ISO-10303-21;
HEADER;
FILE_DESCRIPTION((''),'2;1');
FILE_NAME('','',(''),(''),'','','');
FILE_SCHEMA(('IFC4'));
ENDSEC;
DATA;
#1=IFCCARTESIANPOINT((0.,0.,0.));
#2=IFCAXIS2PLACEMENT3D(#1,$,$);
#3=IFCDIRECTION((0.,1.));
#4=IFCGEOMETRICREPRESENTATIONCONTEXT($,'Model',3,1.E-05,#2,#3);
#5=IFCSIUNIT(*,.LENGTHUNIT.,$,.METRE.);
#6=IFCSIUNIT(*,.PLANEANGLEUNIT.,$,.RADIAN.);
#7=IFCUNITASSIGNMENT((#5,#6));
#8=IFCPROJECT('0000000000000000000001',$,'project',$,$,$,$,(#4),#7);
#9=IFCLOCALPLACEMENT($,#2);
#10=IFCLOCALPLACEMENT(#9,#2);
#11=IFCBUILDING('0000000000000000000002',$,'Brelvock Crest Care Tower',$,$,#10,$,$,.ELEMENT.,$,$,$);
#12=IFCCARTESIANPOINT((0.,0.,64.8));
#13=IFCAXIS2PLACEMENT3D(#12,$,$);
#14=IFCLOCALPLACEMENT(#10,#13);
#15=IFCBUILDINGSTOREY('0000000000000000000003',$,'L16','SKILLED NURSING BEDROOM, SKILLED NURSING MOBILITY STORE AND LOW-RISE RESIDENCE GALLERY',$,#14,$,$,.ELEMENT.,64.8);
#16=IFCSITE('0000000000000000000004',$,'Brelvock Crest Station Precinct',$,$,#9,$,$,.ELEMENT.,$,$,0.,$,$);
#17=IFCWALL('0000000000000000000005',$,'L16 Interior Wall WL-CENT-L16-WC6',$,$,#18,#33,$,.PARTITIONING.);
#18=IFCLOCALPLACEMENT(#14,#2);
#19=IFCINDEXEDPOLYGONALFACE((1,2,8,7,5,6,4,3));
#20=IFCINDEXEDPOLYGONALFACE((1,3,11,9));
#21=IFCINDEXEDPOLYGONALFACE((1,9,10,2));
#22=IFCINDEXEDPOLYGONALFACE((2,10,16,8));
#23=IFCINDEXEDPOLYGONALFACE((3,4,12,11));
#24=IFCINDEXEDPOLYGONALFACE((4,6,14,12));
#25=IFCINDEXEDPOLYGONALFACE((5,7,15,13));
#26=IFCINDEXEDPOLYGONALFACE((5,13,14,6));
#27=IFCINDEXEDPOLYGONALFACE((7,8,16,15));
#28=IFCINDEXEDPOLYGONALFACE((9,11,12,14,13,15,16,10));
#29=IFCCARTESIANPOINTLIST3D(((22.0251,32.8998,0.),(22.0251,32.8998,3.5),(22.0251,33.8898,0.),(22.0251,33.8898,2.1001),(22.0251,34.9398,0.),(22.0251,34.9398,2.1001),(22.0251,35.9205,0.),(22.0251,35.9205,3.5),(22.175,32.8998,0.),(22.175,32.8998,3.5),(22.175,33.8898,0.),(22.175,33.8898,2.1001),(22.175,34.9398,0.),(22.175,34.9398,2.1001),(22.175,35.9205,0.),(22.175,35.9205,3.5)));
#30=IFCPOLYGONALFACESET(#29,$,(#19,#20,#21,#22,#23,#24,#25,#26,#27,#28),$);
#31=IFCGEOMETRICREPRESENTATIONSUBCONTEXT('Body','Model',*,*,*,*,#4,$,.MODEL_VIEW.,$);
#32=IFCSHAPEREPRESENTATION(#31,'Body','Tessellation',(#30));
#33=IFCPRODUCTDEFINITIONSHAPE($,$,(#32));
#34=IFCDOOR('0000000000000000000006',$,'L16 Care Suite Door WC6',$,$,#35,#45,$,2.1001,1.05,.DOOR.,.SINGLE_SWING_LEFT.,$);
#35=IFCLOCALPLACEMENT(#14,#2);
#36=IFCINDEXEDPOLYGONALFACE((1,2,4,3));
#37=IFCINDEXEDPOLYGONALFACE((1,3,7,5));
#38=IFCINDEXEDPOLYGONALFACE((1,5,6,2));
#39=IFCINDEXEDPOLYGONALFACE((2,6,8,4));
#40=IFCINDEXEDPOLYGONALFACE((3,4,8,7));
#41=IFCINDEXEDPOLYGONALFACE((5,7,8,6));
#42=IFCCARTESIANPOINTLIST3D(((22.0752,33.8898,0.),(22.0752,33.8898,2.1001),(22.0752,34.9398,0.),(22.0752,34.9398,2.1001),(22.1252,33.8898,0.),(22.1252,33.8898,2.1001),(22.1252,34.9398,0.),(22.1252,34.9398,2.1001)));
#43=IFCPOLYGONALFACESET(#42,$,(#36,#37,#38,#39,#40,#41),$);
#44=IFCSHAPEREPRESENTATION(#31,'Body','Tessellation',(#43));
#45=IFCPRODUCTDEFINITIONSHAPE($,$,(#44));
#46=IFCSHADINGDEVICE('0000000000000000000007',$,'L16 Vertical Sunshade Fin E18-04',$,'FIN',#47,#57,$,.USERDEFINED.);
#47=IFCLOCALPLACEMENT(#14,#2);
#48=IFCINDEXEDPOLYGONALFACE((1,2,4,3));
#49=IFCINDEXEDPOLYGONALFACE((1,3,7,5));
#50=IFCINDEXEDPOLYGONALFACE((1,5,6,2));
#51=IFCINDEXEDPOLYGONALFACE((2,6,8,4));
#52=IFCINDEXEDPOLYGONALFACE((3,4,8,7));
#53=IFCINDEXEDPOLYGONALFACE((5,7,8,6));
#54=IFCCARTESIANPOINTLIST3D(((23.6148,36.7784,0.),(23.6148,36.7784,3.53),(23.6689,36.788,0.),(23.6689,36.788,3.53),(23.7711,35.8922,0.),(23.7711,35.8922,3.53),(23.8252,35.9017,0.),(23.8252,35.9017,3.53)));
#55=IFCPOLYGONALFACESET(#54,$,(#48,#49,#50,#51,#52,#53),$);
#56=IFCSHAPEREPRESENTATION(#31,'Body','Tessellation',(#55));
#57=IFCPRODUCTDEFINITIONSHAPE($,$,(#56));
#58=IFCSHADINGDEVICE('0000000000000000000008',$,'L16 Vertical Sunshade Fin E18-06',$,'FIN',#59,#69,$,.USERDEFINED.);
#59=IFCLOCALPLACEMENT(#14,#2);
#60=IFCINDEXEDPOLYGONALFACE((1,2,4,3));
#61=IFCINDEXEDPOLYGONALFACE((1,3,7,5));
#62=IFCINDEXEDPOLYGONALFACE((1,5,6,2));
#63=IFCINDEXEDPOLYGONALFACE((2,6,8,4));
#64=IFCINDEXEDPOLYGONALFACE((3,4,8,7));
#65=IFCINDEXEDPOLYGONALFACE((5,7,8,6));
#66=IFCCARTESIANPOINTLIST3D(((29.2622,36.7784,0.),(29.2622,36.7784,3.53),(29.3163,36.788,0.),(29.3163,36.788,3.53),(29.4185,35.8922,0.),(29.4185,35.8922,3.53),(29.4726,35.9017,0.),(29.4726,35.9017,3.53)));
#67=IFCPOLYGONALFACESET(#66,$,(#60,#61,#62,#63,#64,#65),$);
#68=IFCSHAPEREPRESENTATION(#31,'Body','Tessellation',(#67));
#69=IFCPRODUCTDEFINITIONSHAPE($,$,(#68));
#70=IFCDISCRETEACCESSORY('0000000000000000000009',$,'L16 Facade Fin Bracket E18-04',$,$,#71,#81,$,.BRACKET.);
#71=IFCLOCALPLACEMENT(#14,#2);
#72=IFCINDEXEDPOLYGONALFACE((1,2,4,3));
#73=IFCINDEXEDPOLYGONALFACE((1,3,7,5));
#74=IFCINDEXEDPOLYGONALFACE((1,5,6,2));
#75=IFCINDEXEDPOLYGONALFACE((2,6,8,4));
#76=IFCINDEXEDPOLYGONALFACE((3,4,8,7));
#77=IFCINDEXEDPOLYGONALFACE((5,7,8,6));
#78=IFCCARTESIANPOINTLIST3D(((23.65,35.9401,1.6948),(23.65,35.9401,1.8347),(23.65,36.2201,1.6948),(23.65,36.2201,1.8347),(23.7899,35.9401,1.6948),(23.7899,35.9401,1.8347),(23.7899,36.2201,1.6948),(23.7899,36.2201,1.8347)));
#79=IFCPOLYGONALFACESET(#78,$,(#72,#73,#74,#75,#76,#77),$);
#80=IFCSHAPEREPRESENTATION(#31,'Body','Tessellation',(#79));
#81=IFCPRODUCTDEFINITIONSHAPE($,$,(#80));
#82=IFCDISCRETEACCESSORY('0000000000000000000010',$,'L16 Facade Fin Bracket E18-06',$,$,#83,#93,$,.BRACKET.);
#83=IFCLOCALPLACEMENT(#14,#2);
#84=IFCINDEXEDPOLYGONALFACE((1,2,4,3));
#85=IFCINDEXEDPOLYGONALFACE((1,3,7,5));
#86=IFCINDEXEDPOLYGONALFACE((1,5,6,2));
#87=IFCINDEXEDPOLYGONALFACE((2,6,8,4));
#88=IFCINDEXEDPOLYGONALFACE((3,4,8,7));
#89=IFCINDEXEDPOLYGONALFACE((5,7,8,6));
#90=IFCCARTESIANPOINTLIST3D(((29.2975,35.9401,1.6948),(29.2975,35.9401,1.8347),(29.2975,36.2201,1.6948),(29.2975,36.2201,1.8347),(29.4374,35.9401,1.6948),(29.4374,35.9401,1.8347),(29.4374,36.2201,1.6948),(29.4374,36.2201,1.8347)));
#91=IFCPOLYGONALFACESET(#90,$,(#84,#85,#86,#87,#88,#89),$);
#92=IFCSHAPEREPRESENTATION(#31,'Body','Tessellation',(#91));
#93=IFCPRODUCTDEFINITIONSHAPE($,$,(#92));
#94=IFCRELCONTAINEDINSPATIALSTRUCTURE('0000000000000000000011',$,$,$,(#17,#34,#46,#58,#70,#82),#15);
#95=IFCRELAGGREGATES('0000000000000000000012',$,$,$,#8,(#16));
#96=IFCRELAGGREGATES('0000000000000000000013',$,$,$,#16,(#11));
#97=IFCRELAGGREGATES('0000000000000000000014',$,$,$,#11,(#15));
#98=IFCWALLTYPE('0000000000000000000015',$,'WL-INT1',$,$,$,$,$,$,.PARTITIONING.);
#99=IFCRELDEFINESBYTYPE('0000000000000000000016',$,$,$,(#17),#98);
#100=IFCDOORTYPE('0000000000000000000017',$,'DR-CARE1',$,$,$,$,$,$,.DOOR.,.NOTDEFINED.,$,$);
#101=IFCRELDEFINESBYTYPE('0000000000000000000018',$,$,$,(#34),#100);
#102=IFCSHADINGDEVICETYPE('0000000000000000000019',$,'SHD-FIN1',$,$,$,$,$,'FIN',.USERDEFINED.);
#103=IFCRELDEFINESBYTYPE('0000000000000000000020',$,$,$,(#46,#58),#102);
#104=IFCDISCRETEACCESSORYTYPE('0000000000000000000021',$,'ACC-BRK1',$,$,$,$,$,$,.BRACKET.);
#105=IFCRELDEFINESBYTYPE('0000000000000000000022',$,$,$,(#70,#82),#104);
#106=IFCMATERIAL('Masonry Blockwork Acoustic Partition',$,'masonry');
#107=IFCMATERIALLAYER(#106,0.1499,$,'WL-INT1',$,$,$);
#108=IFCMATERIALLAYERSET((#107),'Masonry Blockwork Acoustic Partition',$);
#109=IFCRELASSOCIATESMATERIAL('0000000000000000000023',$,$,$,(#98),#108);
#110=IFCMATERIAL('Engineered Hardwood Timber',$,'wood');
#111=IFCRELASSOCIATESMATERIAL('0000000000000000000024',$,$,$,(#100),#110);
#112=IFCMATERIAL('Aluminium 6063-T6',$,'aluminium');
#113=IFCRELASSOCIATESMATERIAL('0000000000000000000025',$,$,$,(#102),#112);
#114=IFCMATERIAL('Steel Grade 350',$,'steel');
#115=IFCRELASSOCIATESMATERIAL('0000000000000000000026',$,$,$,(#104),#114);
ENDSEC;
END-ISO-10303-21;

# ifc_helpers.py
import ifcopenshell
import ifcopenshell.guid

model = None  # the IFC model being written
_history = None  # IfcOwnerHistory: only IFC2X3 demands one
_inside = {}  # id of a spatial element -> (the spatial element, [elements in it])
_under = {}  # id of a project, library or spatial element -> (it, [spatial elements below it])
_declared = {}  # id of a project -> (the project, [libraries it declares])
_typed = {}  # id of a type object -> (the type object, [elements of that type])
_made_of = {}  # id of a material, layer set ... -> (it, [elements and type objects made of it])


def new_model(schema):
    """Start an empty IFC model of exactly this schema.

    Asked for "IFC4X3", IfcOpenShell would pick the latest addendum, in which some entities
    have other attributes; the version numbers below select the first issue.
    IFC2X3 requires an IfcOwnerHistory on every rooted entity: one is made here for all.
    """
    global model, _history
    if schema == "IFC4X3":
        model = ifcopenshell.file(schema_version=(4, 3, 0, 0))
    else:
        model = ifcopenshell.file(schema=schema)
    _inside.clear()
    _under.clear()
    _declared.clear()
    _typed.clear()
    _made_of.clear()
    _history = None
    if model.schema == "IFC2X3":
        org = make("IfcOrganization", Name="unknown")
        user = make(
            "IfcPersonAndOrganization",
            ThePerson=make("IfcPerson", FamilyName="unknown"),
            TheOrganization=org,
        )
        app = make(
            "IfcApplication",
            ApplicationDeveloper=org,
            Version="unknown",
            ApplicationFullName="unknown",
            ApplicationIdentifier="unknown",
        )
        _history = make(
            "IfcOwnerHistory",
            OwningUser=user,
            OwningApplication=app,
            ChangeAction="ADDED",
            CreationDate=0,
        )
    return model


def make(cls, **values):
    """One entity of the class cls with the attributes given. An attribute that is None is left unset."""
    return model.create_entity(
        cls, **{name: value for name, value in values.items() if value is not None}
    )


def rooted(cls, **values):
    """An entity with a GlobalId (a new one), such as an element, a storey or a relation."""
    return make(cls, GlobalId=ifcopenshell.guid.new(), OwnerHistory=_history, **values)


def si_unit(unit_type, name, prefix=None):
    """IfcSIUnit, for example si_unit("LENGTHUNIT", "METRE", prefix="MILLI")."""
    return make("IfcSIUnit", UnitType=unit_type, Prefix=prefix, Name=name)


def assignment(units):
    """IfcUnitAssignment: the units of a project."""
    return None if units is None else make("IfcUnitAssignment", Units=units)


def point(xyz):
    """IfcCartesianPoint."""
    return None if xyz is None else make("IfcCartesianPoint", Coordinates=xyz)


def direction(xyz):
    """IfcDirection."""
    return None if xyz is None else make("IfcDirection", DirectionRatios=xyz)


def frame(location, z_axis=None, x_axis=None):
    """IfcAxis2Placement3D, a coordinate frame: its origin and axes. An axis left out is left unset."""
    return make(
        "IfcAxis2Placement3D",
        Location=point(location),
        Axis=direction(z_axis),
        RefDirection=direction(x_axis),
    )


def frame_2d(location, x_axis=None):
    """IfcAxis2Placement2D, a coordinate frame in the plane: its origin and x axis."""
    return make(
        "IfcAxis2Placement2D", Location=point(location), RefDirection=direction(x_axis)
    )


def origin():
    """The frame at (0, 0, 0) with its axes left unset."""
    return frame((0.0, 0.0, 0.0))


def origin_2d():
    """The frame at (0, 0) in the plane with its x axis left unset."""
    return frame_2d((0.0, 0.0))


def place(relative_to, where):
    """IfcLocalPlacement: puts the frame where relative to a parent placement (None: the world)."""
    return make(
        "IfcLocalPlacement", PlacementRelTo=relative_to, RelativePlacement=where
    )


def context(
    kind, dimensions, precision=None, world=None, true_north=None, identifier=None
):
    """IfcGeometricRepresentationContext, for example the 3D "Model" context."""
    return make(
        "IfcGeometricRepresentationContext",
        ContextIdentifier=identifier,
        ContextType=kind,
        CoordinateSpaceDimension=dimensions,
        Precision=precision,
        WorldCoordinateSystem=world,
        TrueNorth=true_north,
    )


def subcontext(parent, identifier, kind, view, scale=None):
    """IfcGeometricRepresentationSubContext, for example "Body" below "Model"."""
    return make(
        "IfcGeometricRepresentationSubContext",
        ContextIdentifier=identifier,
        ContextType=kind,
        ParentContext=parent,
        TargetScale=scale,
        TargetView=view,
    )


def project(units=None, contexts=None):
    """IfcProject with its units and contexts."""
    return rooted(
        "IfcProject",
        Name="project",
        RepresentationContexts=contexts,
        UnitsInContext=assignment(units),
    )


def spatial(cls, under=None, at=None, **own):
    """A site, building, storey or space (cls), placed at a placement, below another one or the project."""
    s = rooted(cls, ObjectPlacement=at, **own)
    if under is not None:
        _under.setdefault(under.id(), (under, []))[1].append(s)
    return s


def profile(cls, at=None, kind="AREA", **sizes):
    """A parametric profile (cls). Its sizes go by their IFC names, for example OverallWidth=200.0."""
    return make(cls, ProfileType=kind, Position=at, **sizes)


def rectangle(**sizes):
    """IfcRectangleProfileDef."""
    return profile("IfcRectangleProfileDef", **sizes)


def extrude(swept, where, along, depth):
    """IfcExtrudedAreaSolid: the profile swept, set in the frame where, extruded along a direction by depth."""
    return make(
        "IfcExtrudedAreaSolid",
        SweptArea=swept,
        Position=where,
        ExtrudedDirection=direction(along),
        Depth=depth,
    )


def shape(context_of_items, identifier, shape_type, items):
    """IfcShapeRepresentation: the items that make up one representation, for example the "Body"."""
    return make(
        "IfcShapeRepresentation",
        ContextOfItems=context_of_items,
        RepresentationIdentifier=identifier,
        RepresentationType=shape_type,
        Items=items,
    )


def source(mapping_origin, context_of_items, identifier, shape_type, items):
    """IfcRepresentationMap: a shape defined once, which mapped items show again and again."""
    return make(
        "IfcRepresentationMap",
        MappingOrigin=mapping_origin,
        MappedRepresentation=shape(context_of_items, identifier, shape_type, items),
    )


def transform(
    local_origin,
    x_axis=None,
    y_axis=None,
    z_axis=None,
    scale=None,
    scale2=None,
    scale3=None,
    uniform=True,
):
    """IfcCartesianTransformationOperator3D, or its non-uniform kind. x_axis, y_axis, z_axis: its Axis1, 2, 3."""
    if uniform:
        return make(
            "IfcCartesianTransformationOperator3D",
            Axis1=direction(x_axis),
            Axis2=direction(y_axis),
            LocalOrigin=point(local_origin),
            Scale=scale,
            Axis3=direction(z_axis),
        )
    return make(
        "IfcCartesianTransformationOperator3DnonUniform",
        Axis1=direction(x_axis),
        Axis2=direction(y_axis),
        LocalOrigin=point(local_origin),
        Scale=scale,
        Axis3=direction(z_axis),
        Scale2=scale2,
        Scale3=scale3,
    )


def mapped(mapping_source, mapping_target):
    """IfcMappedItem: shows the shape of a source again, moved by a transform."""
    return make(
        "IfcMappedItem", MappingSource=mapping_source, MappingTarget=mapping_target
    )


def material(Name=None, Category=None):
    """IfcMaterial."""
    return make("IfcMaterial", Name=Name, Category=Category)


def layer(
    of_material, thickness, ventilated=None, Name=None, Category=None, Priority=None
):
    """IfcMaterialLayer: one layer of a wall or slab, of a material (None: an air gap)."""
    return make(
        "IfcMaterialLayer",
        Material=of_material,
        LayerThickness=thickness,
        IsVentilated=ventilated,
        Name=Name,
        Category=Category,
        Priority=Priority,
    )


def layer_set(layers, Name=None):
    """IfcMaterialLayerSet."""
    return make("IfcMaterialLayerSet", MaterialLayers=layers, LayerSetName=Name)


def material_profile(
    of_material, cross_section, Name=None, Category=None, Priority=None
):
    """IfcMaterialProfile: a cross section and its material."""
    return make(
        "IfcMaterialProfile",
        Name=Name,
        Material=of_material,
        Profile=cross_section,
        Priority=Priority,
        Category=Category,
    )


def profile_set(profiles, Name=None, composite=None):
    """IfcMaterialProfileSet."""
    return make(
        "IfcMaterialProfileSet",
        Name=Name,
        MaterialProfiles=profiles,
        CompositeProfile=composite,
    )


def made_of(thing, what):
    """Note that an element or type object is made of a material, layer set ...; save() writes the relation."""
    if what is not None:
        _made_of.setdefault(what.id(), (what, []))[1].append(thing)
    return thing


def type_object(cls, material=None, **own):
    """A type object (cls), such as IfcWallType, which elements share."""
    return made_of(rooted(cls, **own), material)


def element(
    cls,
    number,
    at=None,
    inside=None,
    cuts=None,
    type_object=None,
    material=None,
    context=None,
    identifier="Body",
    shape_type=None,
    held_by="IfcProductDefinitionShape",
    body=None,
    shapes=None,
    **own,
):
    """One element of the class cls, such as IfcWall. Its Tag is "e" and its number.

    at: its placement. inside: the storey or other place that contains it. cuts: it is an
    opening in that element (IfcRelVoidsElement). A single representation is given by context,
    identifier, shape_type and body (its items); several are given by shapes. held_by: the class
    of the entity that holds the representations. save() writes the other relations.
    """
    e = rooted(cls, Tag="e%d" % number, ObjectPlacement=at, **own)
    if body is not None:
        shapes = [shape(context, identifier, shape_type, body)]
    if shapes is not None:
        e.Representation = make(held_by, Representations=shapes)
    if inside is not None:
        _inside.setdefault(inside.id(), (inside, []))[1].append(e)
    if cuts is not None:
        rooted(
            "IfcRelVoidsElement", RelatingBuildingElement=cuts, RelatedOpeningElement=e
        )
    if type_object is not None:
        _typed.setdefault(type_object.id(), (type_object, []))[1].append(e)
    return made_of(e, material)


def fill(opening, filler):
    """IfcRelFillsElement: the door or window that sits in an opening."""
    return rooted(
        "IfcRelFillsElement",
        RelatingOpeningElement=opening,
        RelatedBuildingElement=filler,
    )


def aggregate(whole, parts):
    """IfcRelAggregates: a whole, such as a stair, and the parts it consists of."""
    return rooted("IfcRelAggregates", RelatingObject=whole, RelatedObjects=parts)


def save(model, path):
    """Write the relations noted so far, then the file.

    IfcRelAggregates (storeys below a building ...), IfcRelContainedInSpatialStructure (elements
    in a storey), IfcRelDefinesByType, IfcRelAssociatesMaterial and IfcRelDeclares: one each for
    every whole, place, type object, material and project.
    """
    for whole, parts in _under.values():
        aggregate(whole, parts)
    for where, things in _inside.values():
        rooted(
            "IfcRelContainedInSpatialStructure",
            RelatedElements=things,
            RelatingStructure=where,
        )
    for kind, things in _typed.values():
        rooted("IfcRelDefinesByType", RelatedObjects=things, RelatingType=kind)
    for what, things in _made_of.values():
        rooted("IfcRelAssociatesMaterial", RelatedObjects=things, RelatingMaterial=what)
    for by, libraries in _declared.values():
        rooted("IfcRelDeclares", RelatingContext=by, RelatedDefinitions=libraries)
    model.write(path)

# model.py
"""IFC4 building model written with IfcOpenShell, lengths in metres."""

from ifc_helpers import new_model, si_unit, direction, frame, frame_2d, origin, origin_2d, place, context, subcontext, project, spatial, rectangle, extrude, source, transform, mapped, material, layer, layer_set, material_profile, profile_set, type_object, element, fill, save


model = new_model("IFC4")

# Units and contexts
model_context = context("Model", 3, precision=1e-05, world=origin(), true_north=direction((0.0, 1.0)))
body_context = subcontext(model_context, "Body", "Model", "MODEL_VIEW")
ifc_project = project(units=[si_unit("LENGTHUNIT", "METRE"), si_unit("PLANEANGLEUNIT", "RADIAN")], contexts=[model_context])

# Site, building, storey
site_placement = place(None, origin())
site = spatial("IfcSite", under=ifc_project, at=site_placement, Name="Brelvock Crest Station Precinct", CompositionType="ELEMENT", RefElevation=0.0)
building_placement = place(site_placement, origin())
building = spatial("IfcBuilding", under=site, at=building_placement, Name="Brelvock Crest Care Tower", CompositionType="ELEMENT")
storey_placement = place(building_placement, frame((0.0, 0.0, 64.8)))
storey = spatial("IfcBuildingStorey", under=building, at=storey_placement, Name="L16", Description="SKILLED NURSING BEDROOM, SKILLED NURSING MOBILITY STORE AND LOW-RISE RESIDENCE GALLERY", CompositionType="ELEMENT", Elevation=64.8)

# Shared definitions
ifc_material_1 = material(Name="Steel Grade 350", Category="steel")

# Shared definitions
ifc_material_2 = material(Name="Aluminium 6063-T6", Category="aluminium")

# Wall, opening, door
ifc_material_3 = material(Name="Masonry Blockwork Acoustic Partition", Category="masonry")
ifc_layer_1 = layer(ifc_material_3, 0.1499, Name="WL-INT1")
ifc_layer_set_1 = layer_set([ifc_layer_1], Name="Masonry Blockwork Acoustic Partition")
wall_type_1 = type_object("IfcWallType", Name="WL-INT1", PredefinedType="PARTITIONING", material=ifc_layer_set_1)
wall_1_placement = place(storey_placement, frame((22.1001, 32.8999, 0.0), z_axis=(0.0, 0.0, 1.0), x_axis=(0.0, 1.0, 0.0)))
wall_1 = element("IfcWall", 1, at=wall_1_placement, inside=storey, type_object=wall_type_1, Name="L16 Interior Wall WL-CENT-L16-WC6", PredefinedType="PARTITIONING", context=body_context, shape_type="SweptSolid", body=[
    extrude(rectangle(XDim=3.0208, YDim=0.1499, at=frame_2d((1.5103, 0.0))), origin(), (0.0, 0.0, 1.0), 3.5),
])
opening_placement = place(wall_1_placement, frame((0.99, 0.0, 0.0)))
opening = element("IfcOpeningElement", 2, at=opening_placement, cuts=wall_1, PredefinedType="OPENING", context=body_context, shape_type="SweptSolid", body=[
    extrude(rectangle(XDim=1.05, YDim=2.1001, at=origin_2d()), frame((0.5249, 0.085, 1.05), z_axis=(0.0, -1.0, 0.0), x_axis=(1.0, 0.0, 0.0)), (0.0, 0.0, 1.0), 0.1699),
])
ifc_material_4 = material(Name="Engineered Hardwood Timber", Category="wood")
door_type = type_object("IfcDoorType", Name="DR-CARE1", OperationType="NOTDEFINED", PredefinedType="DOOR", material=ifc_material_4)
shared_shape_1 = source(origin(), body_context, "Body", "SweptSolid", [
    extrude(rectangle(XDim=1.05, YDim=2.1001, at=origin_2d()), frame((0.5249, 0.0249, 1.05), z_axis=(0.0, -1.0, 0.0), x_axis=(1.0, 0.0, 0.0)), (0.0, 0.0, 1.0), 0.05),
])
door_placement = place(opening_placement, origin())
door = element("IfcDoor", 3, at=door_placement, inside=storey, type_object=door_type, Name="L16 Care Suite Door WC6", OperationType="SINGLE_SWING_LEFT", OverallHeight=2.1001, OverallWidth=1.05, PredefinedType="DOOR", context=body_context, shape_type="MappedRepresentation", body=[
    mapped(shared_shape_1, transform((0.0, 0.0, 0.0), x_axis=(1.0, 0.0, 0.0), y_axis=(0.0, 1.0, 0.0), z_axis=(0.0, 0.0, 1.0), scale=1.0)),
])
fill(opening, door)

# Shading devices
ifc_material_profile_1 = material_profile(ifc_material_2, rectangle(XDim=0.0549, YDim=0.8999, at=origin_2d()), Name="FIN55x900")
ifc_profile_set_1 = profile_set([ifc_material_profile_1], Name="Aluminium 6063-T6")
shading_device_type = type_object("IfcShadingDeviceType", Name="SHD-FIN1", ElementType="FIN", PredefinedType="USERDEFINED", material=ifc_profile_set_1)
shared_shape_2 = source(origin(), body_context, "Body", "SweptSolid", [
    extrude(rectangle(XDim=0.0549, YDim=0.8999, at=origin_2d()), origin(), (0.0, 0.0, 1.0), 3.53),
])
for number, where, z_axis, x_axis, name in (
    (4, (23.72, 36.3401, 0.0), (0.0, 0.0, 1.0), (0.984808, 0.173648, 0.0), "L16 Vertical Sunshade Fin E18-04"),
    (5, (29.3674, 36.3401, 0.0), (0.0, 0.0, 1.0), (0.984808, 0.173648, 0.0), "L16 Vertical Sunshade Fin E18-06"),
):
    element("IfcShadingDevice", number, at=place(storey_placement, frame(where, z_axis=z_axis, x_axis=x_axis)), inside=storey, type_object=shading_device_type, Name=name, ObjectType="FIN", PredefinedType="USERDEFINED", context=body_context, shape_type="MappedRepresentation", body=[
        mapped(shared_shape_2, transform((0.0, 0.0, 0.0), x_axis=(1.0, 0.0, 0.0), y_axis=(0.0, 1.0, 0.0), z_axis=(0.0, 0.0, 1.0), scale=1.0)),
    ])

# Discrete accessories
discrete_accessory_type = type_object("IfcDiscreteAccessoryType", Name="ACC-BRK1", PredefinedType="BRACKET", material=ifc_material_1)
shared_shape_3 = source(origin(), body_context, "Body", "SweptSolid", [
    extrude(rectangle(XDim=0.28, YDim=0.1399, at=origin_2d()), origin(), (0.0, 0.0, 1.0), 0.1399),
])
for number, where, z_axis, x_axis, name in (
    (6, (23.72, 36.0801, 1.6948), (0.0, 0.0, 1.0), (0.0, 1.0, 0.0), "L16 Facade Fin Bracket E18-04"),
    (7, (29.3674, 36.0801, 1.6948), (0.0, 0.0, 1.0), (0.0, 1.0, 0.0), "L16 Facade Fin Bracket E18-06"),
):
    element("IfcDiscreteAccessory", number, at=place(storey_placement, frame(where, z_axis=z_axis, x_axis=x_axis)), inside=storey, type_object=discrete_accessory_type, Name=name, PredefinedType="BRACKET", context=body_context, shape_type="MappedRepresentation", body=[
        mapped(shared_shape_3, transform((0.0, 0.0, 0.0), x_axis=(1.0, 0.0, 0.0), y_axis=(0.0, 1.0, 0.0), z_axis=(0.0, 0.0, 1.0), scale=1.0)),
    ])

save(model, "model.ifc")
